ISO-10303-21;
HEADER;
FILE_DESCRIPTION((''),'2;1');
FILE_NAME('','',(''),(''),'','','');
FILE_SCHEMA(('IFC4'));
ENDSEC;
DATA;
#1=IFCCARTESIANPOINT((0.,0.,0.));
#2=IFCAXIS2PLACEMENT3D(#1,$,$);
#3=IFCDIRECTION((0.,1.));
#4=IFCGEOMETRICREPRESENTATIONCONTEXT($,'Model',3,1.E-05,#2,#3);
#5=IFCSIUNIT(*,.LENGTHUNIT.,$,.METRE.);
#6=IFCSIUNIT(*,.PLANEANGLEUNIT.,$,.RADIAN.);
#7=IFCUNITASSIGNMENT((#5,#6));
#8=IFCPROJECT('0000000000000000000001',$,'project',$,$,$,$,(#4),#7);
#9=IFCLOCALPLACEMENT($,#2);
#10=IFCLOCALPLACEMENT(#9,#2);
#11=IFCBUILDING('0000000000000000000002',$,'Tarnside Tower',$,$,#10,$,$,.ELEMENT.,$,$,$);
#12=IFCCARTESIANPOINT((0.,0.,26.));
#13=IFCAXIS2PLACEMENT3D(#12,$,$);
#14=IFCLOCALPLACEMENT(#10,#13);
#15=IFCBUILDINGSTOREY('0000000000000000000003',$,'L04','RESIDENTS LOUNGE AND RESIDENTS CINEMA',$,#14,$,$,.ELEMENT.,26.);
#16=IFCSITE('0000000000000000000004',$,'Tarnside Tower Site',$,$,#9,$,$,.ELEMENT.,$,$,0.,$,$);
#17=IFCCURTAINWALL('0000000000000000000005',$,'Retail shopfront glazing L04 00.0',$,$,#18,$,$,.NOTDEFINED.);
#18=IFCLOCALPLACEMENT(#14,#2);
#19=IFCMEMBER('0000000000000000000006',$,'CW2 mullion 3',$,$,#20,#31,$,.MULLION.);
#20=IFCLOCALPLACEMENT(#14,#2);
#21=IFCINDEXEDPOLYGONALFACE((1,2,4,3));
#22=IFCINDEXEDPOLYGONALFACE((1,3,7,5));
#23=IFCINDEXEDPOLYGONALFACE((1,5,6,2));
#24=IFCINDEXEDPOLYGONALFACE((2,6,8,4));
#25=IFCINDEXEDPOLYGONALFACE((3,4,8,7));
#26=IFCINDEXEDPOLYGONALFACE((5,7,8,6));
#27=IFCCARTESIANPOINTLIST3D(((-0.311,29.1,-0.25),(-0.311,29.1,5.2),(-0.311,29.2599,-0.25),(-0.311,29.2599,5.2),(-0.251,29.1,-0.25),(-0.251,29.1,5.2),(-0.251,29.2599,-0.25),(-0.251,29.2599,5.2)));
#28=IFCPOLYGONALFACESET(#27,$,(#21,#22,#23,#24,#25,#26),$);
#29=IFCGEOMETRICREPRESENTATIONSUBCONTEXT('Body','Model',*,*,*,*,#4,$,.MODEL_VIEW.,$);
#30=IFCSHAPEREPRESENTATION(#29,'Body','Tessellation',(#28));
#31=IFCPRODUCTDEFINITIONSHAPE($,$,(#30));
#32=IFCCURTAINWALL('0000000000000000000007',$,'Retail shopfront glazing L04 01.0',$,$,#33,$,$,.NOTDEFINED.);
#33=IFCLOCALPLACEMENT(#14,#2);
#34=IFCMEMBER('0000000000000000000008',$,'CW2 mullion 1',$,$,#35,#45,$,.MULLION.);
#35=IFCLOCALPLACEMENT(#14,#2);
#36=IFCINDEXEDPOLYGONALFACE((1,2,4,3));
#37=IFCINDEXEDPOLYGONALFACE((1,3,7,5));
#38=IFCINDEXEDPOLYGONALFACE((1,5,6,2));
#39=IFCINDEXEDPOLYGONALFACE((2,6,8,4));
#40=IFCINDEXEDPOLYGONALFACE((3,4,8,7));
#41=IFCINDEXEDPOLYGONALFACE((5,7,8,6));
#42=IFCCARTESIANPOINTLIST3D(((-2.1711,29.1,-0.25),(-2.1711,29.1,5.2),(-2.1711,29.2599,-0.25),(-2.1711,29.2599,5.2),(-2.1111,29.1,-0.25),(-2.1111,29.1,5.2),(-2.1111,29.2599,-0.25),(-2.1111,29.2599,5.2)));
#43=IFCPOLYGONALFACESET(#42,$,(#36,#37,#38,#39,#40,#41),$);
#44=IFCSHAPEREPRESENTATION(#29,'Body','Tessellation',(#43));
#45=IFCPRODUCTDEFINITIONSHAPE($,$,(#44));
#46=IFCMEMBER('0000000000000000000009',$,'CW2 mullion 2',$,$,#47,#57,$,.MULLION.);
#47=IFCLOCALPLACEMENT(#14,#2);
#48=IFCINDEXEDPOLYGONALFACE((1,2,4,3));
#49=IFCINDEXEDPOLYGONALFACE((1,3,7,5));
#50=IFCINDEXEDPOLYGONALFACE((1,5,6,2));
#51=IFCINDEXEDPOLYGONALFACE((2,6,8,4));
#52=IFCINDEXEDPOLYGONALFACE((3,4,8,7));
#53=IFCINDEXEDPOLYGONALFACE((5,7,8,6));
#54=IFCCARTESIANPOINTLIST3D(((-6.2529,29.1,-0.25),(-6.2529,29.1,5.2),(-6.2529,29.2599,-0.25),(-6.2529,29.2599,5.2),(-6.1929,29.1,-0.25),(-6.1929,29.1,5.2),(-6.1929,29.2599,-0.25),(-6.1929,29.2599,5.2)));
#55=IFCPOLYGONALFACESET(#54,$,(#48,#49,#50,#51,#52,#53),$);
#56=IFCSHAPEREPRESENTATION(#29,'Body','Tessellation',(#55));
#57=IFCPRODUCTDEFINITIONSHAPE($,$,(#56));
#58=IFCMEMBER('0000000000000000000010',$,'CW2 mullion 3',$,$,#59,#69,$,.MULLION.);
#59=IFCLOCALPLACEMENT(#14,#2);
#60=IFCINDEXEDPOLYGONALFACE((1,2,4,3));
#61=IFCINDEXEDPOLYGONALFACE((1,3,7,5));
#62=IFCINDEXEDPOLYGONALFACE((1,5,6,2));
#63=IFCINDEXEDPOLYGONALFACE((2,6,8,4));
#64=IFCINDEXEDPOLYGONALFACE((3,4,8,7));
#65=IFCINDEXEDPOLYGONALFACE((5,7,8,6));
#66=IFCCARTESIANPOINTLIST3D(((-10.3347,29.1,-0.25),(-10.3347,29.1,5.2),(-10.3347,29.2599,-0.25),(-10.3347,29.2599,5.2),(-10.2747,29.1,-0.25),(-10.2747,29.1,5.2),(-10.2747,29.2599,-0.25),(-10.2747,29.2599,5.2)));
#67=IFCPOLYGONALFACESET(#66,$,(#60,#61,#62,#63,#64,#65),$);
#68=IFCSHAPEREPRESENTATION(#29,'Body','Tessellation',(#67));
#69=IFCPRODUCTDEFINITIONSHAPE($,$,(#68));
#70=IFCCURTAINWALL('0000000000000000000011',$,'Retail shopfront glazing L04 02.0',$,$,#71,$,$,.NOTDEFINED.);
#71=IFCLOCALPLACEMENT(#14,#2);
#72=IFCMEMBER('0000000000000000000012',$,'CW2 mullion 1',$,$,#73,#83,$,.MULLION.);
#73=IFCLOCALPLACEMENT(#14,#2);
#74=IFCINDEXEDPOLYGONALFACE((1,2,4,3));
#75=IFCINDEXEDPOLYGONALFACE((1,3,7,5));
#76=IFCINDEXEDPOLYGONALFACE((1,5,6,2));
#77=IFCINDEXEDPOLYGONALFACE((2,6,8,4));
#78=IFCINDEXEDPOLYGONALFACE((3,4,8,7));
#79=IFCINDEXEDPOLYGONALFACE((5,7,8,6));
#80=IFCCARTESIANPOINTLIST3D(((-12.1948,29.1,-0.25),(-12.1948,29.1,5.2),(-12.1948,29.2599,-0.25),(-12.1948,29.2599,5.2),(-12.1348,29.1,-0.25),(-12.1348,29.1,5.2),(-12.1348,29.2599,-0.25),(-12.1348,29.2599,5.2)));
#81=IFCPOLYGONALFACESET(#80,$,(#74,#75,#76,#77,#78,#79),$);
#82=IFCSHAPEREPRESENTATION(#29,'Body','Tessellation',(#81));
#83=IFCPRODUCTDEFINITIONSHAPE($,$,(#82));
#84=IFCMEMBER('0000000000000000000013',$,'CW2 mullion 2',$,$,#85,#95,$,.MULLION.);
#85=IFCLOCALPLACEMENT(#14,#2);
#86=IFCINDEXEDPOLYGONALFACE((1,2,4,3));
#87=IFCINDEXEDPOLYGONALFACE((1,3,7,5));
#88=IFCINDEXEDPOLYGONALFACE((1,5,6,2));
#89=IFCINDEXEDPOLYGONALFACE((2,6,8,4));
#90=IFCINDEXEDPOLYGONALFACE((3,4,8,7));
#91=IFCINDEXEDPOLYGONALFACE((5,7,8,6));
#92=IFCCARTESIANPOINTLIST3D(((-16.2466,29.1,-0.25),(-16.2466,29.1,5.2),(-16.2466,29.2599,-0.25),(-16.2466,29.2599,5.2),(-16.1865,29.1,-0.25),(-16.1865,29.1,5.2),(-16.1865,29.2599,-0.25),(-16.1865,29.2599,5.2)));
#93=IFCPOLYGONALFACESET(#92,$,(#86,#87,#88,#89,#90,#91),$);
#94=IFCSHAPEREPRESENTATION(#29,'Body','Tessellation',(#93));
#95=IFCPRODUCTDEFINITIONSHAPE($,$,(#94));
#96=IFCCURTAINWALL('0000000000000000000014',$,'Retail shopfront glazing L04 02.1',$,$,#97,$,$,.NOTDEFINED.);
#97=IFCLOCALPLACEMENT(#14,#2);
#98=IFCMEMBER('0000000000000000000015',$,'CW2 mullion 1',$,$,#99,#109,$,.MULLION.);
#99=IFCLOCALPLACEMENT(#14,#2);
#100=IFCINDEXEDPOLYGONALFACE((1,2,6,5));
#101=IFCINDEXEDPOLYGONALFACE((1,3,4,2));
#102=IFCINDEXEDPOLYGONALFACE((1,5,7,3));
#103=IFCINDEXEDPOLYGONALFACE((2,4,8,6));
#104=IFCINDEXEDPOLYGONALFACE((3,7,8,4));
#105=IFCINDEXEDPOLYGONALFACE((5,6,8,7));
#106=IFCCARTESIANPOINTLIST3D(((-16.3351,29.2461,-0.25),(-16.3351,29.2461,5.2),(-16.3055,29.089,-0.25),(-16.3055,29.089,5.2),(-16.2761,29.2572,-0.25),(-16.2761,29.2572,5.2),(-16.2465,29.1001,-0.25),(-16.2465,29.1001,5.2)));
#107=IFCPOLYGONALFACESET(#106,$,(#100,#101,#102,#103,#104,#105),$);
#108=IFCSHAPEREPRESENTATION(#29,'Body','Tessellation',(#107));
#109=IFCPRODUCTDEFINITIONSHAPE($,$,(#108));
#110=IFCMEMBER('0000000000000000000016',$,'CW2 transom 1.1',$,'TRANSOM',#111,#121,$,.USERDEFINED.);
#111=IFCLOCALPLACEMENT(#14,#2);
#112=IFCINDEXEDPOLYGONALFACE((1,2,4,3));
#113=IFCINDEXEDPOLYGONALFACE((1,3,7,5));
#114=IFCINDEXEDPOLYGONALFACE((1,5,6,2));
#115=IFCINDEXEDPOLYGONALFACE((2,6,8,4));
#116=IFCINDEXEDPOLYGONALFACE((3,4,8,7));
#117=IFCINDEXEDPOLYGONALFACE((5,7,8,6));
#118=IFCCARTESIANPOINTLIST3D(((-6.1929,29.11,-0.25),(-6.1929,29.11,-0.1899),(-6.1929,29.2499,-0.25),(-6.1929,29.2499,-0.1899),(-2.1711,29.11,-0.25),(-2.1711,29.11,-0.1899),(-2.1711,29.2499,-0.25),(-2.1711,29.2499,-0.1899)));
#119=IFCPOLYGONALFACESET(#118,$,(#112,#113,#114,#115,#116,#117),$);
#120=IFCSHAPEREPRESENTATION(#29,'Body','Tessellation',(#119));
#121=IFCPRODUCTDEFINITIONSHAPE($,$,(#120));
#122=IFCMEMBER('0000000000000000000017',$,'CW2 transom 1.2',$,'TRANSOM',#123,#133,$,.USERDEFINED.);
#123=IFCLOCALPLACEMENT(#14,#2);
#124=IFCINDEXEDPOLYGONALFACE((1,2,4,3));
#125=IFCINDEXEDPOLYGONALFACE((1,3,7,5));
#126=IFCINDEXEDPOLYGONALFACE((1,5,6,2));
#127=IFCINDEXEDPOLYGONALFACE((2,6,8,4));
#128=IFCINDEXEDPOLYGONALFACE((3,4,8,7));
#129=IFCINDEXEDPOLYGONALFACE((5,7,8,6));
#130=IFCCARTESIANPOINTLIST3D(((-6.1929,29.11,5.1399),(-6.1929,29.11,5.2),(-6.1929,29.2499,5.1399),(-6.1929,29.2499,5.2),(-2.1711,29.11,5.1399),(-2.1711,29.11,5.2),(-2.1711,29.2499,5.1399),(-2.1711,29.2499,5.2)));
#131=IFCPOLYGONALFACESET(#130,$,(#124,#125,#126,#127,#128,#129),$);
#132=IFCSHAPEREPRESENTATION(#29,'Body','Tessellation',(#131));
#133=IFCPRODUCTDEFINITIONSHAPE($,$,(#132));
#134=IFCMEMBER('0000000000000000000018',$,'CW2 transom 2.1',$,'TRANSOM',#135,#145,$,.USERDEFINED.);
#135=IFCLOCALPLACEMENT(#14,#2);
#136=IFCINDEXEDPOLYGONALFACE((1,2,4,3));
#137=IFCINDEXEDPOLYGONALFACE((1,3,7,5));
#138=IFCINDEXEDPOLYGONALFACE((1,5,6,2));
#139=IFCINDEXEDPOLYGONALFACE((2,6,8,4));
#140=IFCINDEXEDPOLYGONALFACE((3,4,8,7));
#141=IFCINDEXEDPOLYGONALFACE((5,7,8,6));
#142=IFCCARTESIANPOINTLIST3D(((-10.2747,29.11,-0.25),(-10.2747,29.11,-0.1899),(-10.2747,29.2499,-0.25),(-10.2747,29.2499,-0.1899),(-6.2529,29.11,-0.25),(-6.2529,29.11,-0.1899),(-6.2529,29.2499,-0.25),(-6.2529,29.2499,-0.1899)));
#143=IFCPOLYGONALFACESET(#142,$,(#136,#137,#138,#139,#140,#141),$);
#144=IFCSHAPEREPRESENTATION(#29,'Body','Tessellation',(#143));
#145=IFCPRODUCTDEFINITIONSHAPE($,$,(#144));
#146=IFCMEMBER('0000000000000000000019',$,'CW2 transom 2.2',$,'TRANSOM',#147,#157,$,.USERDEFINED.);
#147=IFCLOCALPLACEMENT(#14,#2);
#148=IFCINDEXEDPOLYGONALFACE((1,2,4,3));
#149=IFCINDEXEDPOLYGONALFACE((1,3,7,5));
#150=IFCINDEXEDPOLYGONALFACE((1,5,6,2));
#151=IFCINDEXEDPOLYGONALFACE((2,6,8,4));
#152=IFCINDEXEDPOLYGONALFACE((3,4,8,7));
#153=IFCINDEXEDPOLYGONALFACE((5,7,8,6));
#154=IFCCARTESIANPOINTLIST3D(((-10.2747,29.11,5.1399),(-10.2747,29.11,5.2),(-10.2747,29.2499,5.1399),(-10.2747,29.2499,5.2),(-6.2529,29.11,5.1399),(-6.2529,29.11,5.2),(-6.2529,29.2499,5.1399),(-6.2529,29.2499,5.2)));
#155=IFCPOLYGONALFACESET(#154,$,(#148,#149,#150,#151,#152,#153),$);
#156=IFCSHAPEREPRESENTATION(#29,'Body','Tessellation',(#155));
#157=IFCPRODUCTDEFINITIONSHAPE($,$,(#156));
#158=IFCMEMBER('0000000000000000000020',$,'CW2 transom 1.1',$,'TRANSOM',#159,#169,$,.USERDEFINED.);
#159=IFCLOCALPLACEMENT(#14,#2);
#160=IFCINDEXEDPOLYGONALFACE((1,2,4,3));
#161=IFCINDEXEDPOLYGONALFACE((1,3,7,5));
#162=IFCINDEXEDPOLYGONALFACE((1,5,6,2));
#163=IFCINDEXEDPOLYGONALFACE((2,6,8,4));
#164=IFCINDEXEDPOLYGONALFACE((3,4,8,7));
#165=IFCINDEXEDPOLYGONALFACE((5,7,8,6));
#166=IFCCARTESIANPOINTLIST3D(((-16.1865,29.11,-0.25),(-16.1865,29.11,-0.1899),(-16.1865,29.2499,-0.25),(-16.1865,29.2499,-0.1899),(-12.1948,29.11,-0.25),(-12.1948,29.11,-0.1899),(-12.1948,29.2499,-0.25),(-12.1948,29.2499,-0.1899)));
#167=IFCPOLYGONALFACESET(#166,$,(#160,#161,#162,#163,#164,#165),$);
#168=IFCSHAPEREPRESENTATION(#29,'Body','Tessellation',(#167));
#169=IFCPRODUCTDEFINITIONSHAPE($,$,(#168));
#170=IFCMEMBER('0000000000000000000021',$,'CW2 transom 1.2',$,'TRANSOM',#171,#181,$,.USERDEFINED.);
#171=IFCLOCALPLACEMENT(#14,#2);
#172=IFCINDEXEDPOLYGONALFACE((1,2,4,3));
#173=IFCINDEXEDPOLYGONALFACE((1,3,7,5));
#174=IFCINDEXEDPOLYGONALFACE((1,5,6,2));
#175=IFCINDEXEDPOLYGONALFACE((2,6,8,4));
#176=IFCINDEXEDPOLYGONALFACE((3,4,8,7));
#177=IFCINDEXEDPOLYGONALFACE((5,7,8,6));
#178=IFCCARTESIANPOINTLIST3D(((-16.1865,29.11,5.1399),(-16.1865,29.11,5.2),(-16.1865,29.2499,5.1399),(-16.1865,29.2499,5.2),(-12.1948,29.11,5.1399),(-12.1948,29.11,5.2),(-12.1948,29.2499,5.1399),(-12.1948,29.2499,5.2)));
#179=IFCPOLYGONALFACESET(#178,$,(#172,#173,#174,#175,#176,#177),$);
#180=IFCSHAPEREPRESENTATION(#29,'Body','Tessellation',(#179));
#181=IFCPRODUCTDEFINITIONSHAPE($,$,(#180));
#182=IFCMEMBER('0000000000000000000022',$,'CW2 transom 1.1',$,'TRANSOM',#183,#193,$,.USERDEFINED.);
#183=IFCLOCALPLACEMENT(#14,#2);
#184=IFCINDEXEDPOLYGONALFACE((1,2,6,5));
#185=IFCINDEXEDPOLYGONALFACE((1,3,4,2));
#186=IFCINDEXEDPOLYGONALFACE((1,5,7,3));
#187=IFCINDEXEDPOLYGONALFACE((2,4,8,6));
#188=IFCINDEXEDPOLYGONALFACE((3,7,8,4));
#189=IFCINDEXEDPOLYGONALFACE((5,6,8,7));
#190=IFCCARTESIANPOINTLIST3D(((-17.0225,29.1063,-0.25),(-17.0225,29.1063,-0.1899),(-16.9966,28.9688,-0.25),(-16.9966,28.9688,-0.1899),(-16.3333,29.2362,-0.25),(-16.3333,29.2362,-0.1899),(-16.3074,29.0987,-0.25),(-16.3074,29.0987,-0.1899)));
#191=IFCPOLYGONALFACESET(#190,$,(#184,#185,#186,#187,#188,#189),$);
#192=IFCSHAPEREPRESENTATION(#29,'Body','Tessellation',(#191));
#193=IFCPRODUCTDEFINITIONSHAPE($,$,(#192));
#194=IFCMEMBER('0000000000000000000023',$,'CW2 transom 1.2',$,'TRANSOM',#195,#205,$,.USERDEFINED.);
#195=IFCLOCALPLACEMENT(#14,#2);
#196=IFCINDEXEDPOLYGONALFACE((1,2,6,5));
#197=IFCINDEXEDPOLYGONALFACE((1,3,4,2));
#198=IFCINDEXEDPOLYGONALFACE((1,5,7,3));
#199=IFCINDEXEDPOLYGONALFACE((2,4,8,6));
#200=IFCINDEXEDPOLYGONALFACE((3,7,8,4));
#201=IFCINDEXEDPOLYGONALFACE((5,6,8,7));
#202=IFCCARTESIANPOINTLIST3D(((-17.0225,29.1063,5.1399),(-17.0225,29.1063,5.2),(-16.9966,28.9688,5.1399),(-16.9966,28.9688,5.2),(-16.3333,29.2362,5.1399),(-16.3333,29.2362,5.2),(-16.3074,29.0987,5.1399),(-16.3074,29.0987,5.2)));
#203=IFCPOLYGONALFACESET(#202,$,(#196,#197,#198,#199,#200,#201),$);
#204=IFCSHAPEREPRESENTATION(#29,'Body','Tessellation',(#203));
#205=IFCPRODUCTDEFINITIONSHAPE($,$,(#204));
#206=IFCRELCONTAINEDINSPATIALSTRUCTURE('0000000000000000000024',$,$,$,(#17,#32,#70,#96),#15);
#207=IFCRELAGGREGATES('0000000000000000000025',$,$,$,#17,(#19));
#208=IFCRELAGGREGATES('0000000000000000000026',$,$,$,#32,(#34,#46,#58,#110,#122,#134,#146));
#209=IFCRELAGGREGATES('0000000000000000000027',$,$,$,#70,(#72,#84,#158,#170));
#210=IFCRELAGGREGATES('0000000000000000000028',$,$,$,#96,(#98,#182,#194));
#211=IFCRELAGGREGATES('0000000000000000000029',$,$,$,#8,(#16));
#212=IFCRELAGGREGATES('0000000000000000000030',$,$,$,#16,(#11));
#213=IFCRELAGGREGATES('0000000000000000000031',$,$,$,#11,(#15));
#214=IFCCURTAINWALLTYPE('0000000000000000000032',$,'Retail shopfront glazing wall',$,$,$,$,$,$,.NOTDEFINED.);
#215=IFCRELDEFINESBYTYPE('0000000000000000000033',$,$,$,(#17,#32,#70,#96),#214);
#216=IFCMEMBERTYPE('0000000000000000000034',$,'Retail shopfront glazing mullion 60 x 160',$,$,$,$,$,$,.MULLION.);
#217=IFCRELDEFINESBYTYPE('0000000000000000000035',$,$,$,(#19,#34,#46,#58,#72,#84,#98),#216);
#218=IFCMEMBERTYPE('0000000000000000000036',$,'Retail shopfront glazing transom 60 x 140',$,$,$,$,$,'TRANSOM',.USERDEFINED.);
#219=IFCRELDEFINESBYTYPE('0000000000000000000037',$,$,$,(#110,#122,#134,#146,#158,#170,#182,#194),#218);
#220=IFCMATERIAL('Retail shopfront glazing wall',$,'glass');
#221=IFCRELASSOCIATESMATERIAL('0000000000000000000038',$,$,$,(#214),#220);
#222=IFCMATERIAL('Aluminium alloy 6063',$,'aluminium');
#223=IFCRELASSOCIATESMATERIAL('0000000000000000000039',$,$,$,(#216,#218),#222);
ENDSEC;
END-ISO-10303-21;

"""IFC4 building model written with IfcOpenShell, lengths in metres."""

from ifc_helpers import new_model, si_unit, direction, frame, origin, origin_2d, place, context, subcontext, project, spatial, rectangle, extrude, material, material_profile, profile_set, type_object, element, aggregate, save


model = new_model("IFC4")

# Units and contexts
model_context = context("Model", 3, precision=1e-05, world=origin(), true_north=direction((0.0, 1.0)))
body_context = subcontext(model_context, "Body", "Model", "MODEL_VIEW")
ifc_project = project(units=[si_unit("LENGTHUNIT", "METRE"), si_unit("PLANEANGLEUNIT", "RADIAN")], contexts=[model_context])

# Site, building, storey
site_placement = place(None, origin())
site = spatial("IfcSite", under=ifc_project, at=site_placement, Name="Tarnside Tower Site", CompositionType="ELEMENT", RefElevation=0.0)
building_placement = place(site_placement, origin())
building = spatial("IfcBuilding", under=site, at=building_placement, Name="Tarnside Tower", CompositionType="ELEMENT")
storey_placement = place(building_placement, frame((0.0, 0.0, 26.0)))
storey = spatial("IfcBuildingStorey", under=building, at=storey_placement, Name="L04", Description="RESIDENTS LOUNGE AND RESIDENTS CINEMA", CompositionType="ELEMENT", Elevation=26.0)

# Curtain wall, member
ifc_material_1 = material(Name="Retail shopfront glazing wall", Category="glass")
curtain_wall_type = type_object("IfcCurtainWallType", Name="Retail shopfront glazing wall", PredefinedType="NOTDEFINED", material=ifc_material_1)
curtain_wall_1_placement = place(storey_placement, origin())
curtain_wall_1 = element("IfcCurtainWall", 1, at=curtain_wall_1_placement, inside=storey, type_object=curtain_wall_type, Name="Retail shopfront glazing L04 00.0", PredefinedType="NOTDEFINED")
ifc_material_2 = material(Name="Aluminium alloy 6063", Category="aluminium")
ifc_material_profile_1 = material_profile(ifc_material_2, rectangle(XDim=0.1599, YDim=0.0601, at=origin_2d()), Name="Retail shopfront glazing mullion 60 x 160")
ifc_profile_set_1 = profile_set([ifc_material_profile_1], Name="Aluminium alloy 6063")
member_type_1 = type_object("IfcMemberType", Name="Retail shopfront glazing mullion 60 x 160", PredefinedType="MULLION", material=ifc_profile_set_1)
member_1_placement = place(storey_placement, frame((-0.281, 29.1799, -0.25), z_axis=(0.0, 0.0, 1.0), x_axis=(0.0, -1.0, 0.0)))
member_1 = element("IfcMember", 2, at=member_1_placement, type_object=member_type_1, Name="CW2 mullion 3", PredefinedType="MULLION", context=body_context, shape_type="SweptSolid", body=[
    extrude(rectangle(XDim=0.1599, YDim=0.0601, at=origin_2d()), origin(), (0.0, 0.0, 1.0), 5.45),
])
aggregate(curtain_wall_1, [member_1])

# Curtain walls, members
curtain_wall_2_placement = place(storey_placement, origin())
curtain_wall_2 = element("IfcCurtainWall", 3, at=curtain_wall_2_placement, inside=storey, type_object=curtain_wall_type, Name="Retail shopfront glazing L04 01.0", PredefinedType="NOTDEFINED")
member_2_placement = place(storey_placement, frame((-2.1411, 29.1799, -0.25), z_axis=(0.0, 0.0, 1.0), x_axis=(0.0, -1.0, 0.0)))
member_2 = element("IfcMember", 4, at=member_2_placement, type_object=member_type_1, Name="CW2 mullion 1", PredefinedType="MULLION", context=body_context, shape_type="SweptSolid", body=[
    extrude(rectangle(XDim=0.1599, YDim=0.0601, at=origin_2d()), origin(), (0.0, 0.0, 1.0), 5.45),
])
member_3_placement = place(storey_placement, frame((-6.2229, 29.1799, -0.25), z_axis=(0.0, 0.0, 1.0), x_axis=(0.0, -1.0, 0.0)))
member_3 = element("IfcMember", 5, at=member_3_placement, type_object=member_type_1, Name="CW2 mullion 2", PredefinedType="MULLION", context=body_context, shape_type="SweptSolid", body=[
    extrude(rectangle(XDim=0.1599, YDim=0.0601, at=origin_2d()), origin(), (0.0, 0.0, 1.0), 5.45),
])
member_4_placement = place(storey_placement, frame((-10.3047, 29.1799, -0.25), z_axis=(0.0, 0.0, 1.0), x_axis=(0.0, -1.0, 0.0)))
member_4 = element("IfcMember", 6, at=member_4_placement, type_object=member_type_1, Name="CW2 mullion 3", PredefinedType="MULLION", context=body_context, shape_type="SweptSolid", body=[
    extrude(rectangle(XDim=0.1599, YDim=0.0601, at=origin_2d()), origin(), (0.0, 0.0, 1.0), 5.45),
])
curtain_wall_3_placement = place(storey_placement, origin())
curtain_wall_3 = element("IfcCurtainWall", 7, at=curtain_wall_3_placement, inside=storey, type_object=curtain_wall_type, Name="Retail shopfront glazing L04 02.0", PredefinedType="NOTDEFINED")
member_5_placement = place(storey_placement, frame((-12.1648, 29.1799, -0.25), z_axis=(0.0, 0.0, 1.0), x_axis=(0.0, -1.0, 0.0)))
member_5 = element("IfcMember", 8, at=member_5_placement, type_object=member_type_1, Name="CW2 mullion 1", PredefinedType="MULLION", context=body_context, shape_type="SweptSolid", body=[
    extrude(rectangle(XDim=0.1599, YDim=0.0601, at=origin_2d()), origin(), (0.0, 0.0, 1.0), 5.45),
])
member_6_placement = place(storey_placement, frame((-16.2166, 29.1799, -0.25), z_axis=(0.0, 0.0, 1.0), x_axis=(0.0, -1.0, 0.0)))
member_6 = element("IfcMember", 9, at=member_6_placement, type_object=member_type_1, Name="CW2 mullion 2", PredefinedType="MULLION", context=body_context, shape_type="SweptSolid", body=[
    extrude(rectangle(XDim=0.1599, YDim=0.0601, at=origin_2d()), origin(), (0.0, 0.0, 1.0), 5.45),
])

# Curtain wall, member
curtain_wall_4_placement = place(storey_placement, origin())
curtain_wall_4 = element("IfcCurtainWall", 10, at=curtain_wall_4_placement, inside=storey, type_object=curtain_wall_type, Name="Retail shopfront glazing L04 02.1", PredefinedType="NOTDEFINED")
member_7_placement = place(storey_placement, frame((-16.2908, 29.1731, -0.25), z_axis=(0.0, 0.0, 1.0), x_axis=(0.185095, -0.982721, 0.0)))
member_7 = element("IfcMember", 11, at=member_7_placement, type_object=member_type_1, Name="CW2 mullion 1", PredefinedType="MULLION", context=body_context, shape_type="SweptSolid", body=[
    extrude(rectangle(XDim=0.1599, YDim=0.0601, at=origin_2d()), origin(), (0.0, 0.0, 1.0), 5.45),
])

# Members
ifc_material_profile_2 = material_profile(ifc_material_2, rectangle(XDim=0.1399, YDim=0.0601, at=origin_2d()), Name="Retail shopfront glazing transom 60 x 140")
ifc_profile_set_2 = profile_set([ifc_material_profile_2], Name="Aluminium alloy 6063")
member_type_2 = type_object("IfcMemberType", Name="Retail shopfront glazing transom 60 x 140", ElementType="TRANSOM", PredefinedType="USERDEFINED", material=ifc_profile_set_2)
member_8_placement = place(storey_placement, frame((-2.1711, 29.1799, -0.22), z_axis=(-1.0, 0.0, 0.0), x_axis=(0.0, -1.0, 0.0)))
member_8 = element("IfcMember", 12, at=member_8_placement, type_object=member_type_2, Name="CW2 transom 1.1", ObjectType="TRANSOM", PredefinedType="USERDEFINED", context=body_context, shape_type="SweptSolid", body=[
    extrude(rectangle(XDim=0.1399, YDim=0.0601, at=origin_2d()), origin(), (0.0, 0.0, 1.0), 4.0217),
])
member_9_placement = place(storey_placement, frame((-2.1711, 29.1799, 5.1699), z_axis=(-1.0, 0.0, 0.0), x_axis=(0.0, -1.0, 0.0)))
member_9 = element("IfcMember", 13, at=member_9_placement, type_object=member_type_2, Name="CW2 transom 1.2", ObjectType="TRANSOM", PredefinedType="USERDEFINED", context=body_context, shape_type="SweptSolid", body=[
    extrude(rectangle(XDim=0.1399, YDim=0.0601, at=origin_2d()), origin(), (0.0, 0.0, 1.0), 4.0217),
])
member_10_placement = place(storey_placement, frame((-6.2529, 29.1799, -0.22), z_axis=(-1.0, 0.0, 0.0), x_axis=(0.0, -1.0, 0.0)))
member_10 = element("IfcMember", 14, at=member_10_placement, type_object=member_type_2, Name="CW2 transom 2.1", ObjectType="TRANSOM", PredefinedType="USERDEFINED", context=body_context, shape_type="SweptSolid", body=[
    extrude(rectangle(XDim=0.1399, YDim=0.0601, at=origin_2d()), origin(), (0.0, 0.0, 1.0), 4.0217),
])
member_11_placement = place(storey_placement, frame((-6.2529, 29.1799, 5.1699), z_axis=(-1.0, 0.0, 0.0), x_axis=(0.0, -1.0, 0.0)))
member_11 = element("IfcMember", 15, at=member_11_placement, type_object=member_type_2, Name="CW2 transom 2.2", ObjectType="TRANSOM", PredefinedType="USERDEFINED", context=body_context, shape_type="SweptSolid", body=[
    extrude(rectangle(XDim=0.1399, YDim=0.0601, at=origin_2d()), origin(), (0.0, 0.0, 1.0), 4.0217),
])
member_12_placement = place(storey_placement, frame((-12.1948, 29.1799, -0.22), z_axis=(-1.0, 0.0, 0.0), x_axis=(0.0, -1.0, 0.0)))
member_12 = element("IfcMember", 16, at=member_12_placement, type_object=member_type_2, Name="CW2 transom 1.1", ObjectType="TRANSOM", PredefinedType="USERDEFINED", context=body_context, shape_type="SweptSolid", body=[
    extrude(rectangle(XDim=0.1399, YDim=0.0601, at=origin_2d()), origin(), (0.0, 0.0, 1.0), 3.9917),
])
member_13_placement = place(storey_placement, frame((-12.1948, 29.1799, 5.1699), z_axis=(-1.0, 0.0, 0.0), x_axis=(0.0, -1.0, 0.0)))
member_13 = element("IfcMember", 17, at=member_13_placement, type_object=member_type_2, Name="CW2 transom 1.2", ObjectType="TRANSOM", PredefinedType="USERDEFINED", context=body_context, shape_type="SweptSolid", body=[
    extrude(rectangle(XDim=0.1399, YDim=0.0601, at=origin_2d()), origin(), (0.0, 0.0, 1.0), 3.9917),
])
member_14_placement = place(storey_placement, frame((-16.3203, 29.1675, -0.22), z_axis=(-0.982702, -0.185192, 0.0), x_axis=(0.185192, -0.982702, 0.0)))
member_14 = element("IfcMember", 18, at=member_14_placement, type_object=member_type_2, Name="CW2 transom 1.1", ObjectType="TRANSOM", PredefinedType="USERDEFINED", context=body_context, shape_type="SweptSolid", body=[
    extrude(rectangle(XDim=0.1399, YDim=0.0601, at=origin_2d()), origin(), (0.0, 0.0, 1.0), 0.7014),
])
member_15_placement = place(storey_placement, frame((-16.3203, 29.1675, 5.1699), z_axis=(-0.982702, -0.185192, 0.0), x_axis=(0.185192, -0.982702, 0.0)))
member_15 = element("IfcMember", 19, at=member_15_placement, type_object=member_type_2, Name="CW2 transom 1.2", ObjectType="TRANSOM", PredefinedType="USERDEFINED", context=body_context, shape_type="SweptSolid", body=[
    extrude(rectangle(XDim=0.1399, YDim=0.0601, at=origin_2d()), origin(), (0.0, 0.0, 1.0), 0.7014),
])

aggregate(curtain_wall_2, [member_2, member_3, member_4, member_8, member_9, member_10, member_11])
aggregate(curtain_wall_3, [member_5, member_6, member_12, member_13])
aggregate(curtain_wall_4, [member_7, member_14, member_15])

save(model, "model.ifc")
